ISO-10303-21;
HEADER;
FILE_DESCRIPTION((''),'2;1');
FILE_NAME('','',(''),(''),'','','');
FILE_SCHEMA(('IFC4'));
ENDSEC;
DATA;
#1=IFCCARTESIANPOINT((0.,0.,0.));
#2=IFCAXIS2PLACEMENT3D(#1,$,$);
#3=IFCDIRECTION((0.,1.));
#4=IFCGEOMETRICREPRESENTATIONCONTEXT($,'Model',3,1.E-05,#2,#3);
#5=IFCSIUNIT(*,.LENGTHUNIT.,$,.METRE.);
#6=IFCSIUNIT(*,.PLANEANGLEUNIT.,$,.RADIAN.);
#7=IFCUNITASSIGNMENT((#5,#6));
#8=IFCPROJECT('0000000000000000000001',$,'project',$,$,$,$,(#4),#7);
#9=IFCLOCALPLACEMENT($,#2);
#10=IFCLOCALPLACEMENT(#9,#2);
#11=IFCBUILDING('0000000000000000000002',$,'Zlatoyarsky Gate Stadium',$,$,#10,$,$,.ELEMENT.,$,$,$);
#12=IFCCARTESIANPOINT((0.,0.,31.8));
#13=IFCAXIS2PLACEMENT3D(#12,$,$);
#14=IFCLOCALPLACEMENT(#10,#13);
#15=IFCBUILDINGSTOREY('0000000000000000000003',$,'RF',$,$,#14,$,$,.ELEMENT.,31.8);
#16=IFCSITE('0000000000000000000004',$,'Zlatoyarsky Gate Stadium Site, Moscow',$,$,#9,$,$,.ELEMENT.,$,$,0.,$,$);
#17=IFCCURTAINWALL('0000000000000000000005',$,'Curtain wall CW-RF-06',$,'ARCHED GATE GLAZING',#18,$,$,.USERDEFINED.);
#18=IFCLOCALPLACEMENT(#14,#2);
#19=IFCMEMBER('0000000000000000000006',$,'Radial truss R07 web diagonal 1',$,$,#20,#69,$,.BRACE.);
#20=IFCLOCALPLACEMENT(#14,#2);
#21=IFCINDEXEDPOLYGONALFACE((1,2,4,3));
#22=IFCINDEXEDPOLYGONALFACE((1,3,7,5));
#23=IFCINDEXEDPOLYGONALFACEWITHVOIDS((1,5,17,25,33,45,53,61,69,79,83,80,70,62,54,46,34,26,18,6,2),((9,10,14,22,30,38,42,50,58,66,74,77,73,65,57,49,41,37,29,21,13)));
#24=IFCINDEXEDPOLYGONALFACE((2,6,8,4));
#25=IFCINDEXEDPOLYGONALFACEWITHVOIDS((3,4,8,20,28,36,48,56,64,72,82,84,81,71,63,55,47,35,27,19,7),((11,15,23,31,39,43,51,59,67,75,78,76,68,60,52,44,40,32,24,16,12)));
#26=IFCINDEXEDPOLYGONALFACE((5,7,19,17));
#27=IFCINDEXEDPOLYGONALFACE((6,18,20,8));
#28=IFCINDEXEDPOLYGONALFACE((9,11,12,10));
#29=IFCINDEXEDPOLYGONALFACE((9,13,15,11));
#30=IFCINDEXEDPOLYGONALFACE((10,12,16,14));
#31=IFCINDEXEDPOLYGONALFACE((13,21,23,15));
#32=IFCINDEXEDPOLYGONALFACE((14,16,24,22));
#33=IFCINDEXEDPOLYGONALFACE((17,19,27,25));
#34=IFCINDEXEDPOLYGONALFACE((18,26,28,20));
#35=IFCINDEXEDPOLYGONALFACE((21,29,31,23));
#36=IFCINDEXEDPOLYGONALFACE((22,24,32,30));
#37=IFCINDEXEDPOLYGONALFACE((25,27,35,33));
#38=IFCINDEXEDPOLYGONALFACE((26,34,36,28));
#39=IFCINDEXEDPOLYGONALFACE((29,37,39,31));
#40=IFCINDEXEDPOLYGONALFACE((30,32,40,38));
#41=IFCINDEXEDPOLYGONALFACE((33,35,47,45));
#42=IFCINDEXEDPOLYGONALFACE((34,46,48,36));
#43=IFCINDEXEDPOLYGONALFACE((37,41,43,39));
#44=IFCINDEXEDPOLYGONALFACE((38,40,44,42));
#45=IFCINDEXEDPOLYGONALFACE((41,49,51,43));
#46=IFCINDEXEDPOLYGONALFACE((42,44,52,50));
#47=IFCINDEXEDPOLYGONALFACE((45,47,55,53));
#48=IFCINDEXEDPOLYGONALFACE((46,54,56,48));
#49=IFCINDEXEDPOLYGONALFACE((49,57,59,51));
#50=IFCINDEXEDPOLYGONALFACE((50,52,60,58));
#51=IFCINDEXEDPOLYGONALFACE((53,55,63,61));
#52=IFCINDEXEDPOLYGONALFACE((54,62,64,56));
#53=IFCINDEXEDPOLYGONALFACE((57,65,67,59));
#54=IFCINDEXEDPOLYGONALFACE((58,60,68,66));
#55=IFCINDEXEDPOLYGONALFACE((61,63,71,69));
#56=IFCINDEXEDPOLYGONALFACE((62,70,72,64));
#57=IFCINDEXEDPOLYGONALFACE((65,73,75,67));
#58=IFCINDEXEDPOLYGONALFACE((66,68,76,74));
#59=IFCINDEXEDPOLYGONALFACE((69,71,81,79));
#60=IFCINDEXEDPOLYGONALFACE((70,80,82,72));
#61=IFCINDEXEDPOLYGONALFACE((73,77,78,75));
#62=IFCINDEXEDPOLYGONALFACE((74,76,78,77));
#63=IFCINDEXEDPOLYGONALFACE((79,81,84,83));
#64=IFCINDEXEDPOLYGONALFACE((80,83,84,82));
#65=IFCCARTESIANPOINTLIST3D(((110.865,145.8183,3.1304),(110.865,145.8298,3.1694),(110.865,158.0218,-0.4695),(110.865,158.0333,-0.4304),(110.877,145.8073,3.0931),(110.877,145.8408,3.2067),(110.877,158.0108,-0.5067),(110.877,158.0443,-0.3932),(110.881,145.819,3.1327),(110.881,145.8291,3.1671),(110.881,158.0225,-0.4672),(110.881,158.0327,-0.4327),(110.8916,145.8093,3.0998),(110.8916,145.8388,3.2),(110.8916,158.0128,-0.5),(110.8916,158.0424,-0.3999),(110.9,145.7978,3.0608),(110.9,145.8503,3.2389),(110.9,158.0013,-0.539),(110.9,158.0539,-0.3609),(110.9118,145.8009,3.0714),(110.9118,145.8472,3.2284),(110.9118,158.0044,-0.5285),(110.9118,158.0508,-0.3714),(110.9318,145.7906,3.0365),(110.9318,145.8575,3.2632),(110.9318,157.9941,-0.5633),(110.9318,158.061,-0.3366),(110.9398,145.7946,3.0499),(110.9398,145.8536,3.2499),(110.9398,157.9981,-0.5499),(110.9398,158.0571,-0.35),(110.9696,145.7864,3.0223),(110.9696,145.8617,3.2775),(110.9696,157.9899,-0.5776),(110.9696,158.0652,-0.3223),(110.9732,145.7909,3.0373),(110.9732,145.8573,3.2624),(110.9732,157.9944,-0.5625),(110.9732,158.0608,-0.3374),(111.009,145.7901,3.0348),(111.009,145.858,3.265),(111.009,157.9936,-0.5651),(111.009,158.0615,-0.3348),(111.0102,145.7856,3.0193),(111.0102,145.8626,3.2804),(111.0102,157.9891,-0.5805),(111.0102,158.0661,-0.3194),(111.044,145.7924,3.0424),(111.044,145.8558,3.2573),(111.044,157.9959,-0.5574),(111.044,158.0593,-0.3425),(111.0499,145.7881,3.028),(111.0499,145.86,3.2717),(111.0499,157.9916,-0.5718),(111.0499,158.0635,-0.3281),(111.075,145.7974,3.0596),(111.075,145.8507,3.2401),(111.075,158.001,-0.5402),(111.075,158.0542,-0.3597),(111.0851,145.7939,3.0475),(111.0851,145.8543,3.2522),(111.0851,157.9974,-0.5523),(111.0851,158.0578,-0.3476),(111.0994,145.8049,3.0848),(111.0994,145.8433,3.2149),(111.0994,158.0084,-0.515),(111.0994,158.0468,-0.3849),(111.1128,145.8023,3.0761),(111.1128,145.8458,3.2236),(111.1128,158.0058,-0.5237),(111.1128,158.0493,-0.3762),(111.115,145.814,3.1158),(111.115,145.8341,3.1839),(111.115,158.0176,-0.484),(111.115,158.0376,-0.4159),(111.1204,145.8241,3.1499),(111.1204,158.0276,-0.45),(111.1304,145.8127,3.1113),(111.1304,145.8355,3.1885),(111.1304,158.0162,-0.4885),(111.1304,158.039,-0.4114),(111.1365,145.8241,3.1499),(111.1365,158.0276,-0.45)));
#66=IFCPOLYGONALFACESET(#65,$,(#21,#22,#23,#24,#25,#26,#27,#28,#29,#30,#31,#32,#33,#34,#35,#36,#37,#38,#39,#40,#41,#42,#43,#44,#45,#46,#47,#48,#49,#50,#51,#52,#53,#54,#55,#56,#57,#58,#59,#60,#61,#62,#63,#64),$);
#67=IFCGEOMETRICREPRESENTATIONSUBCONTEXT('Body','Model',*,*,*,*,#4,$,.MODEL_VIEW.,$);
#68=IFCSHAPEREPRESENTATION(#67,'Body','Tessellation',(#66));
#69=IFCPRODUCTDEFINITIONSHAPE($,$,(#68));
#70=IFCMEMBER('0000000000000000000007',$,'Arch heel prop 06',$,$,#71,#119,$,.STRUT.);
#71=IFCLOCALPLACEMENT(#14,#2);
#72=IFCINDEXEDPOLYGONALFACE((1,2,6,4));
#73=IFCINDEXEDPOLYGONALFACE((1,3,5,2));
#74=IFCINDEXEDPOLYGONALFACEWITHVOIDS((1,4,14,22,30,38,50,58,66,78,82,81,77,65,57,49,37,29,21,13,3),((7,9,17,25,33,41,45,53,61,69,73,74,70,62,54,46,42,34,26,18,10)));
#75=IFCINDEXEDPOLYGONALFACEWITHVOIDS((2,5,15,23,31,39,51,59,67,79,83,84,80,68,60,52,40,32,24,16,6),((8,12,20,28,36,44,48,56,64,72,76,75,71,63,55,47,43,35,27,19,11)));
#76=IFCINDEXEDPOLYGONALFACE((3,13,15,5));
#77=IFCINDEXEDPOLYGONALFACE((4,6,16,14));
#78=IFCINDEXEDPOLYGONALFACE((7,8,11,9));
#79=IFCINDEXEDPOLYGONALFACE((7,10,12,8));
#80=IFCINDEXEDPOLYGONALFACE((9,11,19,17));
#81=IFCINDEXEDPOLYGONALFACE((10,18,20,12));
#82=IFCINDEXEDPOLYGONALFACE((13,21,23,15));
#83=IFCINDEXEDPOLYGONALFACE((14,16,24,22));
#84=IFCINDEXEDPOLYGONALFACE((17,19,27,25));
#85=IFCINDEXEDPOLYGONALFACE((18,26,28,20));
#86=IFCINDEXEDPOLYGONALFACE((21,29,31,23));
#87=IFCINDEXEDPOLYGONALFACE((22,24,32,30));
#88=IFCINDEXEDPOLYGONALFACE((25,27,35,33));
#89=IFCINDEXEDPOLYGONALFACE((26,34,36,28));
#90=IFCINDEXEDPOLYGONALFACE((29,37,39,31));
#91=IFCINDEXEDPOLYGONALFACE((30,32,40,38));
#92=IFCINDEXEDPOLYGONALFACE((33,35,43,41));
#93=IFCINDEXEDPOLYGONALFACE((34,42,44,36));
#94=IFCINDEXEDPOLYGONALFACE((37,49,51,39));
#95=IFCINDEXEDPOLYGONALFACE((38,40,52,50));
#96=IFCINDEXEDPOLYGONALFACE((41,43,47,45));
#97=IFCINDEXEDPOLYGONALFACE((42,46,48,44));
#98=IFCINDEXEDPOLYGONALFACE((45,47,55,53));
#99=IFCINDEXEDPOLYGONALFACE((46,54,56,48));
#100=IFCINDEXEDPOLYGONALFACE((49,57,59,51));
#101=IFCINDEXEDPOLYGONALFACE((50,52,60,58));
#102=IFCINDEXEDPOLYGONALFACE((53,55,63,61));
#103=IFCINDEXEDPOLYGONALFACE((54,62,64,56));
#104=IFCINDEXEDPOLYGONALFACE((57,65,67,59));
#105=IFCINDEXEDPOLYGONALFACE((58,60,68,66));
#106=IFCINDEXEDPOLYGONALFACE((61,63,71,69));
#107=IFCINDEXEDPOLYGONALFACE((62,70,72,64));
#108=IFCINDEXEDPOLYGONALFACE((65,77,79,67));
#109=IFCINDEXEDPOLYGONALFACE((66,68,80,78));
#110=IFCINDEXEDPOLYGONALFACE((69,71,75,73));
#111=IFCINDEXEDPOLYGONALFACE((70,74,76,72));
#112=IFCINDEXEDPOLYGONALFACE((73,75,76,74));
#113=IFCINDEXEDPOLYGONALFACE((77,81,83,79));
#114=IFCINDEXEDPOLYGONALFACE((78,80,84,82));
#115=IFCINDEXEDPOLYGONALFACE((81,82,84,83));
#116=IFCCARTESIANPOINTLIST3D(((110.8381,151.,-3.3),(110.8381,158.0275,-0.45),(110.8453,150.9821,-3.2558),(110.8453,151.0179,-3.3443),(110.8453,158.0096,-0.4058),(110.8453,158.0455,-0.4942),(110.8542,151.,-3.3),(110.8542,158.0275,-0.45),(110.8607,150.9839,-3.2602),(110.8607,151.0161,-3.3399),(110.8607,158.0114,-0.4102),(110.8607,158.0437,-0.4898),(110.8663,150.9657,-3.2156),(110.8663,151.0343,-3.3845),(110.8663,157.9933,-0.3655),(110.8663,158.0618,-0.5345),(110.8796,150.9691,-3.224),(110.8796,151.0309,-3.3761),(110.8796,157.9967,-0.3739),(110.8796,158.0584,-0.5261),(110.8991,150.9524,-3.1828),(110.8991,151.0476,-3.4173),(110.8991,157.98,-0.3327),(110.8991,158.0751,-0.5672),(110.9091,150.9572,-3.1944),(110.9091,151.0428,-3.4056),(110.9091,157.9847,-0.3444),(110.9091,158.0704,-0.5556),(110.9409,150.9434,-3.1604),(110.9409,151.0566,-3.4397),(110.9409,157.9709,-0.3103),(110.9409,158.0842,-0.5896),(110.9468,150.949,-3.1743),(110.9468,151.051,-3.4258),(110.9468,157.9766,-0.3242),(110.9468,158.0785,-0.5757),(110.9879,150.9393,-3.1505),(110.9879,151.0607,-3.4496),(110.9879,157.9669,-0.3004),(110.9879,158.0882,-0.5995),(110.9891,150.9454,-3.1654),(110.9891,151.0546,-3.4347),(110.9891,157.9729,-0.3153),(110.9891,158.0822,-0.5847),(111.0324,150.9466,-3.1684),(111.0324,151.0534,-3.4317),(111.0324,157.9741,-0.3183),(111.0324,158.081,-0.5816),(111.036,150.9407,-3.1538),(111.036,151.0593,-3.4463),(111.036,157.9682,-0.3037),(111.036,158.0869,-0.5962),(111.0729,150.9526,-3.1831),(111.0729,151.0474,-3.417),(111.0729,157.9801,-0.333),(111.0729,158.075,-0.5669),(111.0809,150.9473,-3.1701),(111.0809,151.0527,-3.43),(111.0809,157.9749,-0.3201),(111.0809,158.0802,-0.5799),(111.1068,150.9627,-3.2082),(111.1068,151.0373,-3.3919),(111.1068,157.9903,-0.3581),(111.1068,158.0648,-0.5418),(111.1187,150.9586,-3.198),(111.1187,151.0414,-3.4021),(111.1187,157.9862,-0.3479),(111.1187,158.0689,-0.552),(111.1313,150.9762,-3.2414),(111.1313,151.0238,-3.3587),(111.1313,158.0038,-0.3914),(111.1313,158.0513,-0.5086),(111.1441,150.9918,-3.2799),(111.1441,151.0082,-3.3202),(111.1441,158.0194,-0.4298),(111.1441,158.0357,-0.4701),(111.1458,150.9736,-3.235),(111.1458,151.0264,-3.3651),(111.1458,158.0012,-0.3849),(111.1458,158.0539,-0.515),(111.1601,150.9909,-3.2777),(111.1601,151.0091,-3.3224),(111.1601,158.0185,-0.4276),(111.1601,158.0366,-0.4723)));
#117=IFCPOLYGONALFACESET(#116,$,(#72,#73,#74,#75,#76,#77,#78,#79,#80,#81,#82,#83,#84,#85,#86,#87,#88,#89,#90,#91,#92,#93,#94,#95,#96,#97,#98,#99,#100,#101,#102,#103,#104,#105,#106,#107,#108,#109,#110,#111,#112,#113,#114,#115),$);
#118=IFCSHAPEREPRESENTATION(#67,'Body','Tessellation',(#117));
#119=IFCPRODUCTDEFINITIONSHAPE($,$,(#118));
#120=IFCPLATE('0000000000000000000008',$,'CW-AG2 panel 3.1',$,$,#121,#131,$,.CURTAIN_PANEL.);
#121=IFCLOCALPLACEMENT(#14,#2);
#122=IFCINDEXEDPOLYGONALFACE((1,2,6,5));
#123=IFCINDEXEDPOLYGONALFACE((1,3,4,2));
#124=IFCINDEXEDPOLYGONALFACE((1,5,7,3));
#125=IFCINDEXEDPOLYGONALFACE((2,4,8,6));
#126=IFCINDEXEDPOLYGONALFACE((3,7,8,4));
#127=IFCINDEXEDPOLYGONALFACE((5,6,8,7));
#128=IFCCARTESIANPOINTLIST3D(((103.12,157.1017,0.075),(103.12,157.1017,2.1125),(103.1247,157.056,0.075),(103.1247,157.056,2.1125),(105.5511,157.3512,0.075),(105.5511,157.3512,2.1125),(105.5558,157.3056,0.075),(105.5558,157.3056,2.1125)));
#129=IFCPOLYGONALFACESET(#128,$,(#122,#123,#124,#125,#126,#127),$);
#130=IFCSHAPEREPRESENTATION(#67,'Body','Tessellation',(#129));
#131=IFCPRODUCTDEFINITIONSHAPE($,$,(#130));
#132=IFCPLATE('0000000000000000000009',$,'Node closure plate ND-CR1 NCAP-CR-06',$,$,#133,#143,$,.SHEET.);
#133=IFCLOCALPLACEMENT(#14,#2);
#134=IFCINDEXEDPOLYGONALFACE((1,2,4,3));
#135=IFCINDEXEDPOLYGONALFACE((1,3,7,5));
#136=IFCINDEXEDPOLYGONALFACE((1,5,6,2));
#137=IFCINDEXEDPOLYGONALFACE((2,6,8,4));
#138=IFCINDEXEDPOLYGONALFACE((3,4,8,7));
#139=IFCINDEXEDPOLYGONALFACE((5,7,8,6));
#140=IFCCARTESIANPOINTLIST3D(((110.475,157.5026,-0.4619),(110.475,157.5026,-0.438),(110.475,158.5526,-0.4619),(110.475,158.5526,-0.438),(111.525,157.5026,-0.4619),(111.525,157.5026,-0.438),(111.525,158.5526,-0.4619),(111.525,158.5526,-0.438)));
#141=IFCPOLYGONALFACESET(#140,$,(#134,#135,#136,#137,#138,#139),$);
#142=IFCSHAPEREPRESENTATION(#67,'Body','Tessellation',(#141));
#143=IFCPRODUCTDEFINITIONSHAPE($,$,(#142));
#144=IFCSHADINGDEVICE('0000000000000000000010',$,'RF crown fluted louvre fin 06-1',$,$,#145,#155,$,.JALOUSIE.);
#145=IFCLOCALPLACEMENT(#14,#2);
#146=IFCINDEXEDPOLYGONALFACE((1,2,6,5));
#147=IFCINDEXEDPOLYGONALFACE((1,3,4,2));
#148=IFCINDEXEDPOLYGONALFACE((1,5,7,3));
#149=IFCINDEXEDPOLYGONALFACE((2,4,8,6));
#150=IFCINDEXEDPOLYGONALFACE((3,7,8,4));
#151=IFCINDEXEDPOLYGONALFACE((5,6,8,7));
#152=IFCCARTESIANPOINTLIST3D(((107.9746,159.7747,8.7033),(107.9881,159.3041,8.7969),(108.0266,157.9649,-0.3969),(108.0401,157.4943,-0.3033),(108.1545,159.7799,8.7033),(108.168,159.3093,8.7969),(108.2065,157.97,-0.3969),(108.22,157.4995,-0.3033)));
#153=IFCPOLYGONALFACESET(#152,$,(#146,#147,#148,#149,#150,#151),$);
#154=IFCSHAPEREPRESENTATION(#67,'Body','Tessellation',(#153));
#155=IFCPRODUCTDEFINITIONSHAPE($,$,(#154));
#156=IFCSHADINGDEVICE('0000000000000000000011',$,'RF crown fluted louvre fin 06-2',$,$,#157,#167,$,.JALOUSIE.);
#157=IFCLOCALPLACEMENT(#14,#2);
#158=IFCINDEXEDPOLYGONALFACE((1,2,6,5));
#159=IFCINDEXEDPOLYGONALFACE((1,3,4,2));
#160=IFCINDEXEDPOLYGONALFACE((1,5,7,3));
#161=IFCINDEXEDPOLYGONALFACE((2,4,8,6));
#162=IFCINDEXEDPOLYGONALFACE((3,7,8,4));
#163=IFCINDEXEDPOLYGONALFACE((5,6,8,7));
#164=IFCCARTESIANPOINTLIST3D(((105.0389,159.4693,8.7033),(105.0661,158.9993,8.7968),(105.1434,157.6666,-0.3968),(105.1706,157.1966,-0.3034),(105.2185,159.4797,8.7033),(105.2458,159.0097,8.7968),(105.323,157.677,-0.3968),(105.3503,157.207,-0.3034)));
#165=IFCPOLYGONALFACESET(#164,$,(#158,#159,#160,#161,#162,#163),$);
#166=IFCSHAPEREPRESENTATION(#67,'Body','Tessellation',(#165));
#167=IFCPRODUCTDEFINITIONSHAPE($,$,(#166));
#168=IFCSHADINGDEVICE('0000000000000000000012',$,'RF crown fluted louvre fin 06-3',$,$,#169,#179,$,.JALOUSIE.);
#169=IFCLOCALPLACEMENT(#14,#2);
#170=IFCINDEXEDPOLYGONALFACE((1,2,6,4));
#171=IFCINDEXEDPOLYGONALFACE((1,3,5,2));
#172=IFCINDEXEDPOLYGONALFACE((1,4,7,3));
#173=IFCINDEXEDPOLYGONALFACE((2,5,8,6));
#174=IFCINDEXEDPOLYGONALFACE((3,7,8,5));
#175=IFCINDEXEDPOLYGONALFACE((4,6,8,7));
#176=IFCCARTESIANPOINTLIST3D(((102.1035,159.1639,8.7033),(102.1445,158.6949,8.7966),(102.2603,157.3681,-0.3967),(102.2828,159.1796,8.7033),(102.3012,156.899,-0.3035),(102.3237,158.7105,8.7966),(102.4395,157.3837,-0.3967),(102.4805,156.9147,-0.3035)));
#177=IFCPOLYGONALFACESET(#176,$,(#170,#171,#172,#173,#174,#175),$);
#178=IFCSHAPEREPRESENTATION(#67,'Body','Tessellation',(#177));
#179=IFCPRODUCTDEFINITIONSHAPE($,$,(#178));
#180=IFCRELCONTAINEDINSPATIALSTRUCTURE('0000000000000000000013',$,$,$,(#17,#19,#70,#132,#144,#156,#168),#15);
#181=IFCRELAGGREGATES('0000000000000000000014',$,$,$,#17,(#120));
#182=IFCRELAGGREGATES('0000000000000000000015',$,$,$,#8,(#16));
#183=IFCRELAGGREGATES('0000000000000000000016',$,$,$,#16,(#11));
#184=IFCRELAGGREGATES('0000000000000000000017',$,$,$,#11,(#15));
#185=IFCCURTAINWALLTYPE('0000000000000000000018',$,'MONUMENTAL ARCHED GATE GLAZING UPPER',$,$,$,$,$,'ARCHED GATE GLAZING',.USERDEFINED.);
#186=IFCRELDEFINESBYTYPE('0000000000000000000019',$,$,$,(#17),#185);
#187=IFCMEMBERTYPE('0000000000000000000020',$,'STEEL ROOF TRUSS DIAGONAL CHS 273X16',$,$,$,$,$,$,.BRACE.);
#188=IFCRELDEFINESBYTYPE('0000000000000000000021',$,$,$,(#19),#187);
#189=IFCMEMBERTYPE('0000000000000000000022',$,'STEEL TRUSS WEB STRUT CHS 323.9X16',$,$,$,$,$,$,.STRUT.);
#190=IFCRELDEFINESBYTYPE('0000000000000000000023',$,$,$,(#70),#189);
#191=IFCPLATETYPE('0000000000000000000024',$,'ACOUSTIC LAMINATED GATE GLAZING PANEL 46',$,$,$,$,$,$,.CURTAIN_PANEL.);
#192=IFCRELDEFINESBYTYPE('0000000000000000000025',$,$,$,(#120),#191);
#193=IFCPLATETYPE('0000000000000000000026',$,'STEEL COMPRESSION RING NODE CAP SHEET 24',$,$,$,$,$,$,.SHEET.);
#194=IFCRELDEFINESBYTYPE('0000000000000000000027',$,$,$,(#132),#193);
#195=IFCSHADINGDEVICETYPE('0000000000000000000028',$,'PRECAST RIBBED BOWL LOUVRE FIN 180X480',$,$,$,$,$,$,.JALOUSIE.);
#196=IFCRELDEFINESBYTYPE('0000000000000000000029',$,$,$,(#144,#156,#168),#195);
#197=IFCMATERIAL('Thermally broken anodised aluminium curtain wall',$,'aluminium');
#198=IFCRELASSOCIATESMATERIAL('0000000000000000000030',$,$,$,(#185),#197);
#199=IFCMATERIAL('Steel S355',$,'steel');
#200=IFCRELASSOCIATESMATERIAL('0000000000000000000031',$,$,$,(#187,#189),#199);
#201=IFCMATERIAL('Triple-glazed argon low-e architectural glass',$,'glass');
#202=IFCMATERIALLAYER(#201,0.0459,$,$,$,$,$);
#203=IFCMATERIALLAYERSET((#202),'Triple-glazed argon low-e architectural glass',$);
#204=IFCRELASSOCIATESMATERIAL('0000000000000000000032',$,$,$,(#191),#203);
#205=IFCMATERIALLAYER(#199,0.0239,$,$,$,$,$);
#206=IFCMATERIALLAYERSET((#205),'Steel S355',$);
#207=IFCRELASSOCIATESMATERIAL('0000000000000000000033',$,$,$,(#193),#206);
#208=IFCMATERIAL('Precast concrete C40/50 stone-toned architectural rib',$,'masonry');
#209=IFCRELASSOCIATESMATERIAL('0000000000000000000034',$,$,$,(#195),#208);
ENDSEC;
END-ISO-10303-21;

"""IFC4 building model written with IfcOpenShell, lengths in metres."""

from ifc_helpers import new_model, si_unit, direction, frame, origin, origin_2d, place, context, subcontext, project, spatial, rectangle, hollow_circle, extrude, material, layer, layer_set, material_profile, profile_set, type_object, element, aggregate, save


model = new_model("IFC4")

# Units and contexts
model_context = context("Model", 3, precision=1e-05, world=origin(), true_north=direction((0.0, 1.0)))
body_context = subcontext(model_context, "Body", "Model", "MODEL_VIEW")
ifc_project = project(units=[si_unit("LENGTHUNIT", "METRE"), si_unit("PLANEANGLEUNIT", "RADIAN")], contexts=[model_context])

# Site, building, storey
site_placement = place(None, origin())
site = spatial("IfcSite", under=ifc_project, at=site_placement, Name="Zlatoyarsky Gate Stadium Site, Moscow", CompositionType="ELEMENT", RefElevation=0.0)
building_placement = place(site_placement, origin())
building = spatial("IfcBuilding", under=site, at=building_placement, Name="Zlatoyarsky Gate Stadium", CompositionType="ELEMENT")
storey_placement = place(building_placement, frame((0.0, 0.0, 31.8)))
storey = spatial("IfcBuildingStorey", under=building, at=storey_placement, Name="RF", CompositionType="ELEMENT", Elevation=31.8)

# Curtain wall
ifc_material_1 = material(Name="Thermally broken anodised aluminium curtain wall", Category="aluminium")
curtain_wall_type = type_object("IfcCurtainWallType", Name="MONUMENTAL ARCHED GATE GLAZING UPPER", ElementType="ARCHED GATE GLAZING", PredefinedType="USERDEFINED", material=ifc_material_1)
curtain_wall_placement = place(storey_placement, origin())
curtain_wall = element("IfcCurtainWall", 1, at=curtain_wall_placement, inside=storey, type_object=curtain_wall_type, Name="Curtain wall CW-RF-06", ObjectType="ARCHED GATE GLAZING", PredefinedType="USERDEFINED")

# Shared definitions
ifc_material_2 = material(Name="Steel S355", Category="steel")

# Members
ifc_material_profile_1 = material_profile(ifc_material_2, hollow_circle(Radius=0.1365, WallThickness=0.0161, at=origin_2d()), Name="CHS 273X16")
ifc_profile_set_1 = profile_set([ifc_material_profile_1], Name="Steel S355")
member_type_1 = type_object("IfcMemberType", Name="STEEL ROOF TRUSS DIAGONAL CHS 273X16", PredefinedType="BRACE", material=ifc_profile_set_1)
member_1_placement = place(storey_placement, frame((111.0, 158.0276, -0.45), z_axis=(0.0, -0.959141, 0.28293), x_axis=(1.0, 0.0, 0.0)))
element("IfcMember", 2, at=member_1_placement, inside=storey, type_object=member_type_1, Name="Radial truss R07 web diagonal 1", PredefinedType="BRACE", context=body_context, shape_type="SweptSolid", body=[
    extrude(hollow_circle(Radius=0.1365, WallThickness=0.0161, at=origin_2d()), origin(), (0.0, 0.0, 1.0), 12.7234),
])
ifc_material_profile_2 = material_profile(ifc_material_2, hollow_circle(Radius=0.1619, WallThickness=0.0161, at=origin_2d()), Name="CHS 323.9X16")
ifc_profile_set_2 = profile_set([ifc_material_profile_2], Name="Steel S355")
member_type_2 = type_object("IfcMemberType", Name="STEEL TRUSS WEB STRUT CHS 323.9X16", PredefinedType="STRUT", material=ifc_profile_set_2)
member_2_placement = place(storey_placement, frame((111.0, 151.0, -3.3), z_axis=(0.0, 0.92669, 0.375827), x_axis=(-1.0, 0.0, 0.0)))
element("IfcMember", 3, at=member_2_placement, inside=storey, type_object=member_type_2, Name="Arch heel prop 06", PredefinedType="STRUT", context=body_context, shape_type="SweptSolid", body=[
    extrude(hollow_circle(Radius=0.1619, WallThickness=0.0161, at=origin_2d()), origin(), (0.0, 0.0, 1.0), 7.5835),
])

# Plates
ifc_material_3 = material(Name="Triple-glazed argon low-e architectural glass", Category="glass")
ifc_layer_1 = layer(ifc_material_3, 0.0459)
ifc_layer_set_1 = layer_set([ifc_layer_1], Name="Triple-glazed argon low-e architectural glass")
plate_type_1 = type_object("IfcPlateType", Name="ACOUSTIC LAMINATED GATE GLAZING PANEL 46", PredefinedType="CURTAIN_PANEL", material=ifc_layer_set_1)
plate_1_placement = place(storey_placement, frame((104.3379, 157.2036, 0.075), z_axis=(0.0, 0.0, 1.0), x_axis=(-0.994772, -0.102125, 0.0)))
plate_1 = element("IfcPlate", 4, at=plate_1_placement, type_object=plate_type_1, Name="CW-AG2 panel 3.1", PredefinedType="CURTAIN_PANEL", context=body_context, shape_type="SweptSolid", body=[
    extrude(rectangle(XDim=2.4438, YDim=0.0459, at=origin_2d()), origin(), (0.0, 0.0, 1.0), 2.0376),
])
aggregate(curtain_wall, [plate_1])
ifc_layer_2 = layer(ifc_material_2, 0.0239)
ifc_layer_set_2 = layer_set([ifc_layer_2], Name="Steel S355")
plate_type_2 = type_object("IfcPlateType", Name="STEEL COMPRESSION RING NODE CAP SHEET 24", PredefinedType="SHEET", material=ifc_layer_set_2)
plate_2_placement = place(storey_placement, frame((111.0, 158.0276, -0.4619), z_axis=(0.0, 0.0, 1.0), x_axis=(1.0, 0.0, 0.0)))
element("IfcPlate", 5, at=plate_2_placement, inside=storey, type_object=plate_type_2, Name="Node closure plate ND-CR1 NCAP-CR-06", PredefinedType="SHEET", context=body_context, shape_type="SweptSolid", body=[
    extrude(rectangle(XDim=1.05, YDim=1.05, at=origin_2d()), origin(), (0.0, 0.0, 1.0), 0.0239),
])

# Shading devices
ifc_material_4 = material(Name="Precast concrete C40/50 stone-toned architectural rib", Category="masonry")
ifc_material_profile_3 = material_profile(ifc_material_4, rectangle(XDim=0.1799, YDim=0.48, at=origin_2d()), Name="RIB 180X480")
ifc_profile_set_3 = profile_set([ifc_material_profile_3], Name="Precast concrete C40/50 stone-toned architectural rib")
shading_device_type = type_object("IfcShadingDeviceType", Name="PRECAST RIBBED BOWL LOUVRE FIN 180X480", PredefinedType="JALOUSIE", material=ifc_profile_set_3)
shading_device_1_placement = place(storey_placement, frame((108.1233, 157.7322, -0.3501), z_axis=(-0.005605, 0.195055, 0.980776), x_axis=(-0.999587, -0.028721, 0.0)))
element("IfcShadingDevice", 6, at=shading_device_1_placement, inside=storey, type_object=shading_device_type, Name="RF crown fluted louvre fin 06-1", PredefinedType="JALOUSIE", context=body_context, shape_type="SweptSolid", body=[
    extrude(rectangle(XDim=0.1799, YDim=0.48, at=origin_2d()), origin(), (0.0, 0.0, 1.0), 9.2786),
])
shading_device_2_placement = place(storey_placement, frame((105.2468, 157.4368, -0.3501), z_axis=(-0.011263, 0.194312, 0.980875), x_axis=(-0.998324, -0.057866, 0.0)))
element("IfcShadingDevice", 7, at=shading_device_2_placement, inside=storey, type_object=shading_device_type, Name="RF crown fluted louvre fin 06-2", PredefinedType="JALOUSIE", context=body_context, shape_type="SweptSolid", body=[
    extrude(rectangle(XDim=0.1799, YDim=0.48, at=origin_2d()), origin(), (0.0, 0.0, 1.0), 9.2776),
])
shading_device_3_placement = place(storey_placement, frame((102.3704, 157.1414, -0.3501), z_axis=(-0.016895, 0.193587, 0.980938), x_axis=(-0.996213, -0.086945, 0.0)))
element("IfcShadingDevice", 8, at=shading_device_3_placement, inside=storey, type_object=shading_device_type, Name="RF crown fluted louvre fin 06-3", PredefinedType="JALOUSIE", context=body_context, shape_type="SweptSolid", body=[
    extrude(rectangle(XDim=0.1799, YDim=0.48, at=origin_2d()), origin(), (0.0, 0.0, 1.0), 9.2769),
])

save(model, "model.ifc")
